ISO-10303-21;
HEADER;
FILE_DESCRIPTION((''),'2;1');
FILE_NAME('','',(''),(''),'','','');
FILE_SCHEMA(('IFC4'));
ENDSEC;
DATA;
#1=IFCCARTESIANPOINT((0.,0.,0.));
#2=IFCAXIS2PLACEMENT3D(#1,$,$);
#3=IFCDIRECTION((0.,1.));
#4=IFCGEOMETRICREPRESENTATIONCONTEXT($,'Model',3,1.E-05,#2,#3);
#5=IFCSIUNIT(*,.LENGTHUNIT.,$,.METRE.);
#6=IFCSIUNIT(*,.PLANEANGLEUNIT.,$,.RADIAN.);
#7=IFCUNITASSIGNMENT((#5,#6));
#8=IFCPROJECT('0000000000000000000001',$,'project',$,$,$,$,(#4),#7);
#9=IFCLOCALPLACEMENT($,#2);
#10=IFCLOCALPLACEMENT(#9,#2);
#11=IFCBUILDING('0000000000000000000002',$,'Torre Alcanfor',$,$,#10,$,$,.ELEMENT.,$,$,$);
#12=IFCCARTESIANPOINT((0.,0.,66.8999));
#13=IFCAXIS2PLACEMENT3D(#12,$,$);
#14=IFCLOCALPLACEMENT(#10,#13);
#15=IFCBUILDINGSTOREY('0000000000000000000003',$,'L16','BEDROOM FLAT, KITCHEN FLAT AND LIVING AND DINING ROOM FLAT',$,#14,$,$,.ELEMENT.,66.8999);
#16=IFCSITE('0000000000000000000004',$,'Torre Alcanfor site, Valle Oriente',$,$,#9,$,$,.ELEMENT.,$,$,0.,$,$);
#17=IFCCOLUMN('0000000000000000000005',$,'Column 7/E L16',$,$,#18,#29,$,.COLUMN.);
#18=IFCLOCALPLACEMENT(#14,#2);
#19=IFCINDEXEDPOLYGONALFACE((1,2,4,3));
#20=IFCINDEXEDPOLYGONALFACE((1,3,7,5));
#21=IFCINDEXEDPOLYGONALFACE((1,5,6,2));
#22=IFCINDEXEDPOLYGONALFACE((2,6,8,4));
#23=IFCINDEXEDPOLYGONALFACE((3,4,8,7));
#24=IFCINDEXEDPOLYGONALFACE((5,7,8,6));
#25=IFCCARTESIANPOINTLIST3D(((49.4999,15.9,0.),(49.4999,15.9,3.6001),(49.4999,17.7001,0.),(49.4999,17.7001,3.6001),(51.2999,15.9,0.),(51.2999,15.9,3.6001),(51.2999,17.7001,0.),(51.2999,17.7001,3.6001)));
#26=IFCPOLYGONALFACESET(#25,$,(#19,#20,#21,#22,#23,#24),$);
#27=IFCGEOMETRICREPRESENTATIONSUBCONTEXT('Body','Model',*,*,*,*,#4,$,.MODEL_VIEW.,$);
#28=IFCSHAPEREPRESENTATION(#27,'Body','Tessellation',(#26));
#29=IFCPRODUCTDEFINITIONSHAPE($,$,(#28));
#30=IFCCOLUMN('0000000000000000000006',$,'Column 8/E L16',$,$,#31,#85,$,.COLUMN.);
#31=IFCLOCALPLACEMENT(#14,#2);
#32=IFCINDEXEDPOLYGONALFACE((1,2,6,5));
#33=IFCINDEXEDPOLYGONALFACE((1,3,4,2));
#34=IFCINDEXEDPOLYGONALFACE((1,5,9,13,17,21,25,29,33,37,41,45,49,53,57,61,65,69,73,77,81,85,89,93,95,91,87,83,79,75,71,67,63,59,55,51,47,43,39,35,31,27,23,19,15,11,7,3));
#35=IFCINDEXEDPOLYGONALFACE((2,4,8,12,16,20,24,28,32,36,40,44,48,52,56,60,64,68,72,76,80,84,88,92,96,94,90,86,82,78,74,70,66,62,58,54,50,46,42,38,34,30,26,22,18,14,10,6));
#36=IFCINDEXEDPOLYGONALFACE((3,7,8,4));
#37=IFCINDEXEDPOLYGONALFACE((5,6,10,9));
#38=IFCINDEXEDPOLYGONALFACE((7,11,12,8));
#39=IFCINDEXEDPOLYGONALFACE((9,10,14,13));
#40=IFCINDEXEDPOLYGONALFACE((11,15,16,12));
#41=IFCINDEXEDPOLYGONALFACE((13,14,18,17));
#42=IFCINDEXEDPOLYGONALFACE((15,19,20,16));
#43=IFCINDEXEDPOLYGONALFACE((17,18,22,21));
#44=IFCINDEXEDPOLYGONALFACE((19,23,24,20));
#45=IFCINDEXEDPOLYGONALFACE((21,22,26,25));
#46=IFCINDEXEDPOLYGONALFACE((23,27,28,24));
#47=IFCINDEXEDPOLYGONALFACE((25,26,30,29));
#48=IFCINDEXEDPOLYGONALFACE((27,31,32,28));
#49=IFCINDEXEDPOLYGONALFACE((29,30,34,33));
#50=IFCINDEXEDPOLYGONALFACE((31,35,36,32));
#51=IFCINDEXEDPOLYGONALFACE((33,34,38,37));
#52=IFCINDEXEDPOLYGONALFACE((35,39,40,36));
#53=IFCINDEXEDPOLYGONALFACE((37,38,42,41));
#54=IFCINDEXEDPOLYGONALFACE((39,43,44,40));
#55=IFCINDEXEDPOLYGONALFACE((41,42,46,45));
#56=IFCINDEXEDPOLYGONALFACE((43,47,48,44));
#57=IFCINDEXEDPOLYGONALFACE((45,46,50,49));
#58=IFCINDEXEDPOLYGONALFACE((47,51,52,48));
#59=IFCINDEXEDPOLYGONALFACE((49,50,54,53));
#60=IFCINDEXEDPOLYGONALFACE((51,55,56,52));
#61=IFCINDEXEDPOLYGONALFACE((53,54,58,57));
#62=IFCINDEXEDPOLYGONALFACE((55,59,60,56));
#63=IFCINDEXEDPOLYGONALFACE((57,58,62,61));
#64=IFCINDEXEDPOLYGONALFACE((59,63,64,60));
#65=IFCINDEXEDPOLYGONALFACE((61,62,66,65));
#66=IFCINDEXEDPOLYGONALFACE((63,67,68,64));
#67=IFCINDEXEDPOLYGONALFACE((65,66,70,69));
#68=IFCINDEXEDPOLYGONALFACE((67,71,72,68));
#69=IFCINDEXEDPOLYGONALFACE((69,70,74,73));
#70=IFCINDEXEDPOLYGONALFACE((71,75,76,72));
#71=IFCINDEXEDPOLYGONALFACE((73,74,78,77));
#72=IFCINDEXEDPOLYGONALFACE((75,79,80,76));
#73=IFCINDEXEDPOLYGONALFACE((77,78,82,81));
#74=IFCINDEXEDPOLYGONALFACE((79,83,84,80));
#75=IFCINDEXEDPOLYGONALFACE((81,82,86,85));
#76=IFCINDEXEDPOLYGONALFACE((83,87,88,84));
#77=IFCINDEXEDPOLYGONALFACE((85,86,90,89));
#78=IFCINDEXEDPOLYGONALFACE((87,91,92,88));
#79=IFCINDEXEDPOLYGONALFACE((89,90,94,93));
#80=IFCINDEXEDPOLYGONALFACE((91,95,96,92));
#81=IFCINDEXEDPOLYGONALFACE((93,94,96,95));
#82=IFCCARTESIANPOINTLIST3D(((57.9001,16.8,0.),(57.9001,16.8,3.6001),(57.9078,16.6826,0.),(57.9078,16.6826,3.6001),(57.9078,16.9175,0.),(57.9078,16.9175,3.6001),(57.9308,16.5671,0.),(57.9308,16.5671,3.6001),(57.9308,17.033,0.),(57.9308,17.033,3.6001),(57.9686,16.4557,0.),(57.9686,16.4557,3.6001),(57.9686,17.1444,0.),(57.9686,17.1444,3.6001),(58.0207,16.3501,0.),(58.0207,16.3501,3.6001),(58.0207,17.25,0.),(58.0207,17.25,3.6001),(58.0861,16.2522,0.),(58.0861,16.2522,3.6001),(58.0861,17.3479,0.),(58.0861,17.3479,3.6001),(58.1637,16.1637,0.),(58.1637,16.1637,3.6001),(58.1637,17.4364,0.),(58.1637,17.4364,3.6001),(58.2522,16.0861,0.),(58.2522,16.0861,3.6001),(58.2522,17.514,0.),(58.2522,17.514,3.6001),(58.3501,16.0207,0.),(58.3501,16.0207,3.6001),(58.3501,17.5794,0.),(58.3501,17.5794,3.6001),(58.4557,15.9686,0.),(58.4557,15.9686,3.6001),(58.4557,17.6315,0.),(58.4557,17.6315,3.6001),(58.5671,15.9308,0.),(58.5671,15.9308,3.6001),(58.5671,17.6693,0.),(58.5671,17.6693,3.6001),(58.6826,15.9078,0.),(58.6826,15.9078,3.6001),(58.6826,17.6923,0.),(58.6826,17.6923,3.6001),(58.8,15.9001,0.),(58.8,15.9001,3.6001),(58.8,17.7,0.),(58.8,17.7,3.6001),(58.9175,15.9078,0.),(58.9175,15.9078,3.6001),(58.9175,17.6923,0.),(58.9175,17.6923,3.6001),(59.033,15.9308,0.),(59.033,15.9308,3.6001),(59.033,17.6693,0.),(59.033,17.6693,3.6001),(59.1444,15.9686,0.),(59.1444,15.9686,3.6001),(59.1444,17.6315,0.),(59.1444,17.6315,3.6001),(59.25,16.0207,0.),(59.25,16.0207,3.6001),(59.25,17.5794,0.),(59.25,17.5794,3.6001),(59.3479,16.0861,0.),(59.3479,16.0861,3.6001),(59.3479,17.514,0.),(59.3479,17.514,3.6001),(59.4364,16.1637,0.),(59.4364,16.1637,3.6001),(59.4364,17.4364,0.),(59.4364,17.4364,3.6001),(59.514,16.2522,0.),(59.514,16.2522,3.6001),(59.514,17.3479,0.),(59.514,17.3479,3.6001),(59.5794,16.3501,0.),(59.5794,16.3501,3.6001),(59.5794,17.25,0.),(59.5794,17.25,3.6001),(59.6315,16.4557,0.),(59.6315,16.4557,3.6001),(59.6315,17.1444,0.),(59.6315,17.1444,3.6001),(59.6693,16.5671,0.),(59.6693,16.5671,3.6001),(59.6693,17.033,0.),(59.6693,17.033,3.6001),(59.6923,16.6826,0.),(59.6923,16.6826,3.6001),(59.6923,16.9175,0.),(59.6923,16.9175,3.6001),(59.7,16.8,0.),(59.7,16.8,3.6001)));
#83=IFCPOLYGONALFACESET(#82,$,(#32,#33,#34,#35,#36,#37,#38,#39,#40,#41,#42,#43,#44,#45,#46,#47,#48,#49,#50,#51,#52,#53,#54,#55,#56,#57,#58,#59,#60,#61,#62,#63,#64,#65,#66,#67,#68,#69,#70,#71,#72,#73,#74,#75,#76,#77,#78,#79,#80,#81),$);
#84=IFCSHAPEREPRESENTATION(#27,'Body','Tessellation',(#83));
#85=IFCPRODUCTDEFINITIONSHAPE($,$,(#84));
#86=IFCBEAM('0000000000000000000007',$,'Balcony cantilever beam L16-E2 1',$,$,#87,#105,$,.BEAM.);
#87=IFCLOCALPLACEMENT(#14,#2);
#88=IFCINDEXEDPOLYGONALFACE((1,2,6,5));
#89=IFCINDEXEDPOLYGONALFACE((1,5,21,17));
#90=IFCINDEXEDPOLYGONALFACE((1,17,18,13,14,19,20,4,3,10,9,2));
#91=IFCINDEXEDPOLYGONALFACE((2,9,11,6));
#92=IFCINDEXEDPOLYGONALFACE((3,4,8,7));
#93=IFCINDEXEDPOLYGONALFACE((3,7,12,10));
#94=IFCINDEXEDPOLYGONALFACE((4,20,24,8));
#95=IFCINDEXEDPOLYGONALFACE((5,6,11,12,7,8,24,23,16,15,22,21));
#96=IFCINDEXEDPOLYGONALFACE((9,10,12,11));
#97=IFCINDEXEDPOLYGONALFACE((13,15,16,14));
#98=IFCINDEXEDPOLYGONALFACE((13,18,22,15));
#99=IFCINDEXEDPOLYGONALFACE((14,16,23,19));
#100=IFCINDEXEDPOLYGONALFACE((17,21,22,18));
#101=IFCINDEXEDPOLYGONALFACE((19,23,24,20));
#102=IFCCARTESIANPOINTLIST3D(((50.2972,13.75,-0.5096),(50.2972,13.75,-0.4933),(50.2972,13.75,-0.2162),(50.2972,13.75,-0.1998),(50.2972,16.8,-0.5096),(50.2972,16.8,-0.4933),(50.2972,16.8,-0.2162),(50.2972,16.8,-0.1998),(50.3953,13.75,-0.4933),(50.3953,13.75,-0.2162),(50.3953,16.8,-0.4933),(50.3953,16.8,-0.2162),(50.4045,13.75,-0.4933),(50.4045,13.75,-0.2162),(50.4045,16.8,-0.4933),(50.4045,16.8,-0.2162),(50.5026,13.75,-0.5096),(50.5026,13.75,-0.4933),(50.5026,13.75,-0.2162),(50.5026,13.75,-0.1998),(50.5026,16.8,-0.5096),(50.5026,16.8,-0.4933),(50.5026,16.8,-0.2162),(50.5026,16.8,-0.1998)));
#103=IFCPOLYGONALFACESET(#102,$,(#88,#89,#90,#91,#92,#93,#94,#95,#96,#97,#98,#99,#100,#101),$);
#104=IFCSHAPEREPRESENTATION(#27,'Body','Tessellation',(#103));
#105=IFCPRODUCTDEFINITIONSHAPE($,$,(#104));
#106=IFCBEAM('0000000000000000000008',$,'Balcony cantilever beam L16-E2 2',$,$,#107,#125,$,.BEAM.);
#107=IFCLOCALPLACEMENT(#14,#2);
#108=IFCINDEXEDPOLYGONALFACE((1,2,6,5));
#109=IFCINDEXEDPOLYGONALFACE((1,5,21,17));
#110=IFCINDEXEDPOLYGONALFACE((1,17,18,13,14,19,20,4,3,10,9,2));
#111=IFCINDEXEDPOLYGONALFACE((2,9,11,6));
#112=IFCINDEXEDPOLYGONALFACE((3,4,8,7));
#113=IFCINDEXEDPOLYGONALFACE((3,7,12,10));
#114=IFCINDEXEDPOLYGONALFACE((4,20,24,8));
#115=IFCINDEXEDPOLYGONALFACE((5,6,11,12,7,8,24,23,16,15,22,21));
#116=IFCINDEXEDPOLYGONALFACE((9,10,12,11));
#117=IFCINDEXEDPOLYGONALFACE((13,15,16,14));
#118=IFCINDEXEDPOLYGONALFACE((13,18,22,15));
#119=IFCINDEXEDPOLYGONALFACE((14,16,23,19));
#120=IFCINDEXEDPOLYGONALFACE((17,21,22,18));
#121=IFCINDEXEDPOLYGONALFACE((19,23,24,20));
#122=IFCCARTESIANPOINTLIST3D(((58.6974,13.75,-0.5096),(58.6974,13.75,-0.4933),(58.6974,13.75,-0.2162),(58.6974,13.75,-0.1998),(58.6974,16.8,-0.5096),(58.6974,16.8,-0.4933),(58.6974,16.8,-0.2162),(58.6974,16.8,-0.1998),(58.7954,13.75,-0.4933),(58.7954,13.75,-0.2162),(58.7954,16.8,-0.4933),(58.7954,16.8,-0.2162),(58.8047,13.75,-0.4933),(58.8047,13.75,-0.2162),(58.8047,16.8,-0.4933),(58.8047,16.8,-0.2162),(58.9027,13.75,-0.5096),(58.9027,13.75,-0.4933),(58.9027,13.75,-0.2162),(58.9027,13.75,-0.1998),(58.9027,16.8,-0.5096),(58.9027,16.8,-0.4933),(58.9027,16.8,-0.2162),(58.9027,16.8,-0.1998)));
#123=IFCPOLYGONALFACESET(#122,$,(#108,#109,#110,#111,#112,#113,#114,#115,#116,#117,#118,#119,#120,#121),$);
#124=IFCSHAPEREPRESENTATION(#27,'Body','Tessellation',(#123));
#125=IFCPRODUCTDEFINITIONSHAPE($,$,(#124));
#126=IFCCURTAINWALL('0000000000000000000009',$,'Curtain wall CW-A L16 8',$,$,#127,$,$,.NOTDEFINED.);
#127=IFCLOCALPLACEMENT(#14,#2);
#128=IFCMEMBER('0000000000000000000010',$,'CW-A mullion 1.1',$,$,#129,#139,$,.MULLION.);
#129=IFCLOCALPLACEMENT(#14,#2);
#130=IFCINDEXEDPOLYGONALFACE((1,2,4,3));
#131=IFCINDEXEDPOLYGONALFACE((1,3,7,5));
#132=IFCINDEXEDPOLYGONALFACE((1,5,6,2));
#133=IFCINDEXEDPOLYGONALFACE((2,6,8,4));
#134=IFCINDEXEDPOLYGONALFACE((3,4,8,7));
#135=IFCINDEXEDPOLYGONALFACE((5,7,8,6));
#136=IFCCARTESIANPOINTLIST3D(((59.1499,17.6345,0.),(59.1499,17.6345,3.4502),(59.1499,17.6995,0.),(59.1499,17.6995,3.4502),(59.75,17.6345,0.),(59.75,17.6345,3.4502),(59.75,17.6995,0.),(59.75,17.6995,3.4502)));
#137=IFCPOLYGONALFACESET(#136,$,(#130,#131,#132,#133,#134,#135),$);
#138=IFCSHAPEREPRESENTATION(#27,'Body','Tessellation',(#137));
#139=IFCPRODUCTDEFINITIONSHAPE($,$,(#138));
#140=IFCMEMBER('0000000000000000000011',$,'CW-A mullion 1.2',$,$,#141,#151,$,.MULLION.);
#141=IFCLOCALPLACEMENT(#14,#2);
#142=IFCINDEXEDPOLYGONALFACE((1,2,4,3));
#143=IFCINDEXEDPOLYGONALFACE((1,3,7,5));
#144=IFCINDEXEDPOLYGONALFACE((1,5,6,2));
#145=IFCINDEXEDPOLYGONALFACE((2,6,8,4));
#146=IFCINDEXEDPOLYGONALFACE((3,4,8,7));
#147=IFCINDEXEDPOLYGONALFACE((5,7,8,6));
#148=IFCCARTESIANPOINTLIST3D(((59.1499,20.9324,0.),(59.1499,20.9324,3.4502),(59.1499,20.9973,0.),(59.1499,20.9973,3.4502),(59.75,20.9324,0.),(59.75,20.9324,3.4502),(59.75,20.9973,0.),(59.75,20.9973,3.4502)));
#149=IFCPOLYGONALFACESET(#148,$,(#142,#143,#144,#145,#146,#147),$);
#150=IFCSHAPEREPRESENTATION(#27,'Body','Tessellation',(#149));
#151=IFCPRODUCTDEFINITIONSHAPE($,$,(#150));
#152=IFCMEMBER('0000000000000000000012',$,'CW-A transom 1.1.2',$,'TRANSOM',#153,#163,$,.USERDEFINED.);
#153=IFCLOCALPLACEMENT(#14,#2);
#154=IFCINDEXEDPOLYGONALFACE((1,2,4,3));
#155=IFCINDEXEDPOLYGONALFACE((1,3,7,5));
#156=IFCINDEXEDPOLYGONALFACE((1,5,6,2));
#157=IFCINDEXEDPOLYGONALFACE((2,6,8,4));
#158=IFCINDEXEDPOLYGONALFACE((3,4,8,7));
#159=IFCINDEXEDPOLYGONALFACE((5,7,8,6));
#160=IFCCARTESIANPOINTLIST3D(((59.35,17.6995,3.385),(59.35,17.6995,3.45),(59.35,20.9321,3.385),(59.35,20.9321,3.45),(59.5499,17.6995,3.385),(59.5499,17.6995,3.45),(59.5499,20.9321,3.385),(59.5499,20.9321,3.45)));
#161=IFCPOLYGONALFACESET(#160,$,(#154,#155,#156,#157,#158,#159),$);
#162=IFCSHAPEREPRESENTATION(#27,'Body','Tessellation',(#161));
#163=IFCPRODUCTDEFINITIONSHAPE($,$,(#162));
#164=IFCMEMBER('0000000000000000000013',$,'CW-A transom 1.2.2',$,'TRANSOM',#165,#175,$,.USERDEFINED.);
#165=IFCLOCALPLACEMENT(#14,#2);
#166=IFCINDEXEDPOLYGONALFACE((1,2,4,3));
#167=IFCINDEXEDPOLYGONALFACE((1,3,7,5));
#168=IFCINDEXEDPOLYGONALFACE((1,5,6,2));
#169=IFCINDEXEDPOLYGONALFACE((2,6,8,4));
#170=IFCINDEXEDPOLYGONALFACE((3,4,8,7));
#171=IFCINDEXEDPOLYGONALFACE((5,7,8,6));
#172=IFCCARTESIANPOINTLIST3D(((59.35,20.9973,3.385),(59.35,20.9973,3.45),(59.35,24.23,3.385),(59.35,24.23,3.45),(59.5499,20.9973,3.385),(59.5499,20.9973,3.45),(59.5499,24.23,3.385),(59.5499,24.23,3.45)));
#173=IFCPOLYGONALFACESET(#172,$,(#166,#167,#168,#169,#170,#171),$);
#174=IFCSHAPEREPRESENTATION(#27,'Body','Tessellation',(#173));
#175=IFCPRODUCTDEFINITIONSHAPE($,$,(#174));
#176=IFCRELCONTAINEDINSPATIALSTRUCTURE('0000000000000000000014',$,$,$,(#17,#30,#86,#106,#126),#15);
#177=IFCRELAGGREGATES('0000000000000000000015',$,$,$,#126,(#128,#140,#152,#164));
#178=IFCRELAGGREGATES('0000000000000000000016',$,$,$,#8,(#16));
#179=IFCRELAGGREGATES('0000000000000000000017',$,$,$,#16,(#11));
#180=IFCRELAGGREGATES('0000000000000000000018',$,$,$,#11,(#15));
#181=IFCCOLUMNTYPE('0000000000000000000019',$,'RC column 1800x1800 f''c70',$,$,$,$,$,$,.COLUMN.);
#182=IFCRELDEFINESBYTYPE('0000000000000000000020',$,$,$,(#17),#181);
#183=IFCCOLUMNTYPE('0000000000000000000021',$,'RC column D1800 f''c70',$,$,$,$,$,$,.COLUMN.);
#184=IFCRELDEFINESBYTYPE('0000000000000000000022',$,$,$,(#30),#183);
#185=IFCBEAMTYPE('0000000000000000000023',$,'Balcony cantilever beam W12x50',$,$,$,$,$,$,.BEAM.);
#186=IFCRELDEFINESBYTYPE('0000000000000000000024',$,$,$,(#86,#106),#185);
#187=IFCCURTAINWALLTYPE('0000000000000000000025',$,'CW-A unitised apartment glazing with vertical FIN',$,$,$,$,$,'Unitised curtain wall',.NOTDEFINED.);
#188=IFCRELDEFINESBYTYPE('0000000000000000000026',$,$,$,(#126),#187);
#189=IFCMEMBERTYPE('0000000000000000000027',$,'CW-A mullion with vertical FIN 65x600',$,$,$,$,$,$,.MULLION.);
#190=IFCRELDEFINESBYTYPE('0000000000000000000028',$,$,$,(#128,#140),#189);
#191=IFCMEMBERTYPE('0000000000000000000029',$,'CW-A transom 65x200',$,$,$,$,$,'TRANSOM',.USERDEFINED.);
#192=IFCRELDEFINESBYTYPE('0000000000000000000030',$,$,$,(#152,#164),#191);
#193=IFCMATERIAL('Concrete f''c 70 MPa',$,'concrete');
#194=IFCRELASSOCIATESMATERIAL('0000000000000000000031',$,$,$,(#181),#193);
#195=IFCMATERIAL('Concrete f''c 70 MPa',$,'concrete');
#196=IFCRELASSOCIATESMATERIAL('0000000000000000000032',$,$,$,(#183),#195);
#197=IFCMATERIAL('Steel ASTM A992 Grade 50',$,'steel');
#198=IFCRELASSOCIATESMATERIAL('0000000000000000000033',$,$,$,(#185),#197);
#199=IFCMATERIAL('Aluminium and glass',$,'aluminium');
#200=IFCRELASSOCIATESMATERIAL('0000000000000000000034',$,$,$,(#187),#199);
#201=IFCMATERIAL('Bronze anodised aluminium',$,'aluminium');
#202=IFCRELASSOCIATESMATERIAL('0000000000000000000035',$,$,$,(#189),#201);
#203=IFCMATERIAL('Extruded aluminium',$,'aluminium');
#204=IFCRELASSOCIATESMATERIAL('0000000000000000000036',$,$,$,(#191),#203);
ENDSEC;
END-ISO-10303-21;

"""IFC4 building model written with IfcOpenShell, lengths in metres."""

from ifc_helpers import new_model, si_unit, direction, frame, origin, origin_2d, place, context, subcontext, project, spatial, rectangle, circle, i_section, extrude, material, material_profile, profile_set, type_object, element, aggregate, save


model = new_model("IFC4")

# Units and contexts
model_context = context("Model", 3, precision=1e-05, world=origin(), true_north=direction((0.0, 1.0)))
body_context = subcontext(model_context, "Body", "Model", "MODEL_VIEW")
ifc_project = project(units=[si_unit("LENGTHUNIT", "METRE"), si_unit("PLANEANGLEUNIT", "RADIAN")], contexts=[model_context])

# Site, building, storey
site_placement = place(None, origin())
site = spatial("IfcSite", under=ifc_project, at=site_placement, Name="Torre Alcanfor site, Valle Oriente", CompositionType="ELEMENT", RefElevation=0.0)
building_placement = place(site_placement, origin())
building = spatial("IfcBuilding", under=site, at=building_placement, Name="Torre Alcanfor", CompositionType="ELEMENT")
storey_placement = place(building_placement, frame((0.0, 0.0, 66.8999)))
storey = spatial("IfcBuildingStorey", under=building, at=storey_placement, Name="L16", Description="BEDROOM FLAT, KITCHEN FLAT AND LIVING AND DINING ROOM FLAT", CompositionType="ELEMENT", Elevation=66.8999)

# Columns
ifc_material_1 = material(Name="Concrete f'c 70 MPa", Category="concrete")
ifc_material_profile_1 = material_profile(ifc_material_1, rectangle(XDim=1.8, YDim=1.8, at=origin_2d()), Name="1800x1800")
ifc_profile_set_1 = profile_set([ifc_material_profile_1], Name="Concrete f'c 70 MPa")
column_type_1 = type_object("IfcColumnType", Name="RC column 1800x1800 f'c70", PredefinedType="COLUMN", material=ifc_profile_set_1)
column_1_placement = place(storey_placement, frame((50.3999, 16.8, 0.0), z_axis=(0.0, 0.0, 1.0), x_axis=(1.0, 0.0, 0.0)))
element("IfcColumn", 1, at=column_1_placement, inside=storey, type_object=column_type_1, Name="Column 7/E L16", PredefinedType="COLUMN", context=body_context, shape_type="SweptSolid", body=[
    extrude(rectangle(XDim=1.8, YDim=1.8, at=origin_2d()), origin(), (0.0, 0.0, 1.0), 3.6001),
])
ifc_material_2 = material(Name="Concrete f'c 70 MPa", Category="concrete")
ifc_material_profile_2 = material_profile(ifc_material_2, circle(Radius=0.8999, at=origin_2d()), Name="D1800")
ifc_profile_set_2 = profile_set([ifc_material_profile_2], Name="Concrete f'c 70 MPa")
column_type_2 = type_object("IfcColumnType", Name="RC column D1800 f'c70", PredefinedType="COLUMN", material=ifc_profile_set_2)
column_2_placement = place(storey_placement, frame((58.8, 16.8, 0.0), z_axis=(0.0, 0.0, 1.0), x_axis=(1.0, 0.0, 0.0)))
element("IfcColumn", 2, at=column_2_placement, inside=storey, type_object=column_type_2, Name="Column 8/E L16", PredefinedType="COLUMN", context=body_context, shape_type="SweptSolid", body=[
    extrude(circle(Radius=0.8999, at=origin_2d()), origin(), (0.0, 0.0, 1.0), 3.6001),
])

# Beams
ifc_material_3 = material(Name="Steel ASTM A992 Grade 50", Category="steel")
ifc_material_profile_3 = material_profile(ifc_material_3, i_section(OverallWidth=0.2053, OverallDepth=0.3098, WebThickness=0.0093, FlangeThickness=0.0164, at=origin_2d()), Name="W12x50")
ifc_profile_set_3 = profile_set([ifc_material_profile_3], Name="Steel ASTM A992 Grade 50")
beam_type_1 = type_object("IfcBeamType", Name="Balcony cantilever beam W12x50", PredefinedType="BEAM", material=ifc_profile_set_3)
for number, where, z_axis, x_axis, name in (
    (3, (50.3999, 16.8, -0.3547), (0.0, -1.0, 0.0), (1.0, 0.0, 0.0), "Balcony cantilever beam L16-E2 1"),
    (4, (58.8, 16.8, -0.3547), (0.0, -1.0, 0.0), (1.0, 0.0, 0.0), "Balcony cantilever beam L16-E2 2"),
):
    element("IfcBeam", number, at=place(storey_placement, frame(where, z_axis=z_axis, x_axis=x_axis)), inside=storey, type_object=beam_type_1, Name=name, PredefinedType="BEAM", context=body_context, shape_type="SweptSolid", body=[
        extrude(i_section(OverallWidth=0.2053, OverallDepth=0.3098, WebThickness=0.0093, FlangeThickness=0.0164, at=origin_2d()), origin(), (0.0, 0.0, 1.0), 3.05),
    ])

# Curtain wall, members
ifc_material_4 = material(Name="Aluminium and glass", Category="aluminium")
curtain_wall_type = type_object("IfcCurtainWallType", Name="CW-A unitised apartment glazing with vertical FIN", ElementType="Unitised curtain wall", PredefinedType="NOTDEFINED", material=ifc_material_4)
curtain_wall_placement = place(storey_placement, origin())
curtain_wall = element("IfcCurtainWall", 5, at=curtain_wall_placement, inside=storey, type_object=curtain_wall_type, Name="Curtain wall CW-A L16 8", PredefinedType="NOTDEFINED")
ifc_material_5 = material(Name="Bronze anodised aluminium", Category="aluminium")
ifc_material_profile_4 = material_profile(ifc_material_5, rectangle(XDim=0.6001, YDim=0.0649, at=origin_2d()), Name="CW-A mullion 65x600")
ifc_profile_set_4 = profile_set([ifc_material_profile_4], Name="Bronze anodised aluminium")
member_type_1 = type_object("IfcMemberType", Name="CW-A mullion with vertical FIN 65x600", PredefinedType="MULLION", material=ifc_profile_set_4)
member_1_placement = place(storey_placement, frame((59.45, 17.667, 0.0), z_axis=(0.0, 0.0, 1.0), x_axis=(-1.0, 0.0, 0.0)))
member_1 = element("IfcMember", 6, at=member_1_placement, type_object=member_type_1, Name="CW-A mullion 1.1", PredefinedType="MULLION", context=body_context, shape_type="SweptSolid", body=[
    extrude(rectangle(XDim=0.6001, YDim=0.0649, at=origin_2d()), origin(), (0.0, 0.0, 1.0), 3.4502),
])
member_2_placement = place(storey_placement, frame((59.45, 20.9648, 0.0), z_axis=(0.0, 0.0, 1.0), x_axis=(-1.0, 0.0, 0.0)))
member_2 = element("IfcMember", 7, at=member_2_placement, type_object=member_type_1, Name="CW-A mullion 1.2", PredefinedType="MULLION", context=body_context, shape_type="SweptSolid", body=[
    extrude(rectangle(XDim=0.6001, YDim=0.0649, at=origin_2d()), origin(), (0.0, 0.0, 1.0), 3.4502),
])
ifc_material_6 = material(Name="Extruded aluminium", Category="aluminium")
ifc_material_profile_5 = material_profile(ifc_material_6, rectangle(XDim=0.2, YDim=0.0649, at=origin_2d()), Name="CW-A transom 200x65")
ifc_profile_set_5 = profile_set([ifc_material_profile_5], Name="Extruded aluminium")
member_type_2 = type_object("IfcMemberType", Name="CW-A transom 65x200", ElementType="TRANSOM", PredefinedType="USERDEFINED", material=ifc_profile_set_5)
member_3_placement = place(storey_placement, frame((59.45, 17.6995, 3.4175), z_axis=(0.0, 1.0, 0.0), x_axis=(-1.0, 0.0, 0.0)))
member_3 = element("IfcMember", 8, at=member_3_placement, type_object=member_type_2, Name="CW-A transom 1.1.2", ObjectType="TRANSOM", PredefinedType="USERDEFINED", context=body_context, shape_type="SweptSolid", body=[
    extrude(rectangle(XDim=0.2, YDim=0.0649, at=origin_2d()), origin(), (0.0, 0.0, 1.0), 3.2327),
])
member_4_placement = place(storey_placement, frame((59.45, 20.9973, 3.4175), z_axis=(0.0, 1.0, 0.0), x_axis=(-1.0, 0.0, 0.0)))
member_4 = element("IfcMember", 9, at=member_4_placement, type_object=member_type_2, Name="CW-A transom 1.2.2", ObjectType="TRANSOM", PredefinedType="USERDEFINED", context=body_context, shape_type="SweptSolid", body=[
    extrude(rectangle(XDim=0.2, YDim=0.0649, at=origin_2d()), origin(), (0.0, 0.0, 1.0), 3.2327),
])

aggregate(curtain_wall, [member_1, member_2, member_3, member_4])

save(model, "model.ifc")
